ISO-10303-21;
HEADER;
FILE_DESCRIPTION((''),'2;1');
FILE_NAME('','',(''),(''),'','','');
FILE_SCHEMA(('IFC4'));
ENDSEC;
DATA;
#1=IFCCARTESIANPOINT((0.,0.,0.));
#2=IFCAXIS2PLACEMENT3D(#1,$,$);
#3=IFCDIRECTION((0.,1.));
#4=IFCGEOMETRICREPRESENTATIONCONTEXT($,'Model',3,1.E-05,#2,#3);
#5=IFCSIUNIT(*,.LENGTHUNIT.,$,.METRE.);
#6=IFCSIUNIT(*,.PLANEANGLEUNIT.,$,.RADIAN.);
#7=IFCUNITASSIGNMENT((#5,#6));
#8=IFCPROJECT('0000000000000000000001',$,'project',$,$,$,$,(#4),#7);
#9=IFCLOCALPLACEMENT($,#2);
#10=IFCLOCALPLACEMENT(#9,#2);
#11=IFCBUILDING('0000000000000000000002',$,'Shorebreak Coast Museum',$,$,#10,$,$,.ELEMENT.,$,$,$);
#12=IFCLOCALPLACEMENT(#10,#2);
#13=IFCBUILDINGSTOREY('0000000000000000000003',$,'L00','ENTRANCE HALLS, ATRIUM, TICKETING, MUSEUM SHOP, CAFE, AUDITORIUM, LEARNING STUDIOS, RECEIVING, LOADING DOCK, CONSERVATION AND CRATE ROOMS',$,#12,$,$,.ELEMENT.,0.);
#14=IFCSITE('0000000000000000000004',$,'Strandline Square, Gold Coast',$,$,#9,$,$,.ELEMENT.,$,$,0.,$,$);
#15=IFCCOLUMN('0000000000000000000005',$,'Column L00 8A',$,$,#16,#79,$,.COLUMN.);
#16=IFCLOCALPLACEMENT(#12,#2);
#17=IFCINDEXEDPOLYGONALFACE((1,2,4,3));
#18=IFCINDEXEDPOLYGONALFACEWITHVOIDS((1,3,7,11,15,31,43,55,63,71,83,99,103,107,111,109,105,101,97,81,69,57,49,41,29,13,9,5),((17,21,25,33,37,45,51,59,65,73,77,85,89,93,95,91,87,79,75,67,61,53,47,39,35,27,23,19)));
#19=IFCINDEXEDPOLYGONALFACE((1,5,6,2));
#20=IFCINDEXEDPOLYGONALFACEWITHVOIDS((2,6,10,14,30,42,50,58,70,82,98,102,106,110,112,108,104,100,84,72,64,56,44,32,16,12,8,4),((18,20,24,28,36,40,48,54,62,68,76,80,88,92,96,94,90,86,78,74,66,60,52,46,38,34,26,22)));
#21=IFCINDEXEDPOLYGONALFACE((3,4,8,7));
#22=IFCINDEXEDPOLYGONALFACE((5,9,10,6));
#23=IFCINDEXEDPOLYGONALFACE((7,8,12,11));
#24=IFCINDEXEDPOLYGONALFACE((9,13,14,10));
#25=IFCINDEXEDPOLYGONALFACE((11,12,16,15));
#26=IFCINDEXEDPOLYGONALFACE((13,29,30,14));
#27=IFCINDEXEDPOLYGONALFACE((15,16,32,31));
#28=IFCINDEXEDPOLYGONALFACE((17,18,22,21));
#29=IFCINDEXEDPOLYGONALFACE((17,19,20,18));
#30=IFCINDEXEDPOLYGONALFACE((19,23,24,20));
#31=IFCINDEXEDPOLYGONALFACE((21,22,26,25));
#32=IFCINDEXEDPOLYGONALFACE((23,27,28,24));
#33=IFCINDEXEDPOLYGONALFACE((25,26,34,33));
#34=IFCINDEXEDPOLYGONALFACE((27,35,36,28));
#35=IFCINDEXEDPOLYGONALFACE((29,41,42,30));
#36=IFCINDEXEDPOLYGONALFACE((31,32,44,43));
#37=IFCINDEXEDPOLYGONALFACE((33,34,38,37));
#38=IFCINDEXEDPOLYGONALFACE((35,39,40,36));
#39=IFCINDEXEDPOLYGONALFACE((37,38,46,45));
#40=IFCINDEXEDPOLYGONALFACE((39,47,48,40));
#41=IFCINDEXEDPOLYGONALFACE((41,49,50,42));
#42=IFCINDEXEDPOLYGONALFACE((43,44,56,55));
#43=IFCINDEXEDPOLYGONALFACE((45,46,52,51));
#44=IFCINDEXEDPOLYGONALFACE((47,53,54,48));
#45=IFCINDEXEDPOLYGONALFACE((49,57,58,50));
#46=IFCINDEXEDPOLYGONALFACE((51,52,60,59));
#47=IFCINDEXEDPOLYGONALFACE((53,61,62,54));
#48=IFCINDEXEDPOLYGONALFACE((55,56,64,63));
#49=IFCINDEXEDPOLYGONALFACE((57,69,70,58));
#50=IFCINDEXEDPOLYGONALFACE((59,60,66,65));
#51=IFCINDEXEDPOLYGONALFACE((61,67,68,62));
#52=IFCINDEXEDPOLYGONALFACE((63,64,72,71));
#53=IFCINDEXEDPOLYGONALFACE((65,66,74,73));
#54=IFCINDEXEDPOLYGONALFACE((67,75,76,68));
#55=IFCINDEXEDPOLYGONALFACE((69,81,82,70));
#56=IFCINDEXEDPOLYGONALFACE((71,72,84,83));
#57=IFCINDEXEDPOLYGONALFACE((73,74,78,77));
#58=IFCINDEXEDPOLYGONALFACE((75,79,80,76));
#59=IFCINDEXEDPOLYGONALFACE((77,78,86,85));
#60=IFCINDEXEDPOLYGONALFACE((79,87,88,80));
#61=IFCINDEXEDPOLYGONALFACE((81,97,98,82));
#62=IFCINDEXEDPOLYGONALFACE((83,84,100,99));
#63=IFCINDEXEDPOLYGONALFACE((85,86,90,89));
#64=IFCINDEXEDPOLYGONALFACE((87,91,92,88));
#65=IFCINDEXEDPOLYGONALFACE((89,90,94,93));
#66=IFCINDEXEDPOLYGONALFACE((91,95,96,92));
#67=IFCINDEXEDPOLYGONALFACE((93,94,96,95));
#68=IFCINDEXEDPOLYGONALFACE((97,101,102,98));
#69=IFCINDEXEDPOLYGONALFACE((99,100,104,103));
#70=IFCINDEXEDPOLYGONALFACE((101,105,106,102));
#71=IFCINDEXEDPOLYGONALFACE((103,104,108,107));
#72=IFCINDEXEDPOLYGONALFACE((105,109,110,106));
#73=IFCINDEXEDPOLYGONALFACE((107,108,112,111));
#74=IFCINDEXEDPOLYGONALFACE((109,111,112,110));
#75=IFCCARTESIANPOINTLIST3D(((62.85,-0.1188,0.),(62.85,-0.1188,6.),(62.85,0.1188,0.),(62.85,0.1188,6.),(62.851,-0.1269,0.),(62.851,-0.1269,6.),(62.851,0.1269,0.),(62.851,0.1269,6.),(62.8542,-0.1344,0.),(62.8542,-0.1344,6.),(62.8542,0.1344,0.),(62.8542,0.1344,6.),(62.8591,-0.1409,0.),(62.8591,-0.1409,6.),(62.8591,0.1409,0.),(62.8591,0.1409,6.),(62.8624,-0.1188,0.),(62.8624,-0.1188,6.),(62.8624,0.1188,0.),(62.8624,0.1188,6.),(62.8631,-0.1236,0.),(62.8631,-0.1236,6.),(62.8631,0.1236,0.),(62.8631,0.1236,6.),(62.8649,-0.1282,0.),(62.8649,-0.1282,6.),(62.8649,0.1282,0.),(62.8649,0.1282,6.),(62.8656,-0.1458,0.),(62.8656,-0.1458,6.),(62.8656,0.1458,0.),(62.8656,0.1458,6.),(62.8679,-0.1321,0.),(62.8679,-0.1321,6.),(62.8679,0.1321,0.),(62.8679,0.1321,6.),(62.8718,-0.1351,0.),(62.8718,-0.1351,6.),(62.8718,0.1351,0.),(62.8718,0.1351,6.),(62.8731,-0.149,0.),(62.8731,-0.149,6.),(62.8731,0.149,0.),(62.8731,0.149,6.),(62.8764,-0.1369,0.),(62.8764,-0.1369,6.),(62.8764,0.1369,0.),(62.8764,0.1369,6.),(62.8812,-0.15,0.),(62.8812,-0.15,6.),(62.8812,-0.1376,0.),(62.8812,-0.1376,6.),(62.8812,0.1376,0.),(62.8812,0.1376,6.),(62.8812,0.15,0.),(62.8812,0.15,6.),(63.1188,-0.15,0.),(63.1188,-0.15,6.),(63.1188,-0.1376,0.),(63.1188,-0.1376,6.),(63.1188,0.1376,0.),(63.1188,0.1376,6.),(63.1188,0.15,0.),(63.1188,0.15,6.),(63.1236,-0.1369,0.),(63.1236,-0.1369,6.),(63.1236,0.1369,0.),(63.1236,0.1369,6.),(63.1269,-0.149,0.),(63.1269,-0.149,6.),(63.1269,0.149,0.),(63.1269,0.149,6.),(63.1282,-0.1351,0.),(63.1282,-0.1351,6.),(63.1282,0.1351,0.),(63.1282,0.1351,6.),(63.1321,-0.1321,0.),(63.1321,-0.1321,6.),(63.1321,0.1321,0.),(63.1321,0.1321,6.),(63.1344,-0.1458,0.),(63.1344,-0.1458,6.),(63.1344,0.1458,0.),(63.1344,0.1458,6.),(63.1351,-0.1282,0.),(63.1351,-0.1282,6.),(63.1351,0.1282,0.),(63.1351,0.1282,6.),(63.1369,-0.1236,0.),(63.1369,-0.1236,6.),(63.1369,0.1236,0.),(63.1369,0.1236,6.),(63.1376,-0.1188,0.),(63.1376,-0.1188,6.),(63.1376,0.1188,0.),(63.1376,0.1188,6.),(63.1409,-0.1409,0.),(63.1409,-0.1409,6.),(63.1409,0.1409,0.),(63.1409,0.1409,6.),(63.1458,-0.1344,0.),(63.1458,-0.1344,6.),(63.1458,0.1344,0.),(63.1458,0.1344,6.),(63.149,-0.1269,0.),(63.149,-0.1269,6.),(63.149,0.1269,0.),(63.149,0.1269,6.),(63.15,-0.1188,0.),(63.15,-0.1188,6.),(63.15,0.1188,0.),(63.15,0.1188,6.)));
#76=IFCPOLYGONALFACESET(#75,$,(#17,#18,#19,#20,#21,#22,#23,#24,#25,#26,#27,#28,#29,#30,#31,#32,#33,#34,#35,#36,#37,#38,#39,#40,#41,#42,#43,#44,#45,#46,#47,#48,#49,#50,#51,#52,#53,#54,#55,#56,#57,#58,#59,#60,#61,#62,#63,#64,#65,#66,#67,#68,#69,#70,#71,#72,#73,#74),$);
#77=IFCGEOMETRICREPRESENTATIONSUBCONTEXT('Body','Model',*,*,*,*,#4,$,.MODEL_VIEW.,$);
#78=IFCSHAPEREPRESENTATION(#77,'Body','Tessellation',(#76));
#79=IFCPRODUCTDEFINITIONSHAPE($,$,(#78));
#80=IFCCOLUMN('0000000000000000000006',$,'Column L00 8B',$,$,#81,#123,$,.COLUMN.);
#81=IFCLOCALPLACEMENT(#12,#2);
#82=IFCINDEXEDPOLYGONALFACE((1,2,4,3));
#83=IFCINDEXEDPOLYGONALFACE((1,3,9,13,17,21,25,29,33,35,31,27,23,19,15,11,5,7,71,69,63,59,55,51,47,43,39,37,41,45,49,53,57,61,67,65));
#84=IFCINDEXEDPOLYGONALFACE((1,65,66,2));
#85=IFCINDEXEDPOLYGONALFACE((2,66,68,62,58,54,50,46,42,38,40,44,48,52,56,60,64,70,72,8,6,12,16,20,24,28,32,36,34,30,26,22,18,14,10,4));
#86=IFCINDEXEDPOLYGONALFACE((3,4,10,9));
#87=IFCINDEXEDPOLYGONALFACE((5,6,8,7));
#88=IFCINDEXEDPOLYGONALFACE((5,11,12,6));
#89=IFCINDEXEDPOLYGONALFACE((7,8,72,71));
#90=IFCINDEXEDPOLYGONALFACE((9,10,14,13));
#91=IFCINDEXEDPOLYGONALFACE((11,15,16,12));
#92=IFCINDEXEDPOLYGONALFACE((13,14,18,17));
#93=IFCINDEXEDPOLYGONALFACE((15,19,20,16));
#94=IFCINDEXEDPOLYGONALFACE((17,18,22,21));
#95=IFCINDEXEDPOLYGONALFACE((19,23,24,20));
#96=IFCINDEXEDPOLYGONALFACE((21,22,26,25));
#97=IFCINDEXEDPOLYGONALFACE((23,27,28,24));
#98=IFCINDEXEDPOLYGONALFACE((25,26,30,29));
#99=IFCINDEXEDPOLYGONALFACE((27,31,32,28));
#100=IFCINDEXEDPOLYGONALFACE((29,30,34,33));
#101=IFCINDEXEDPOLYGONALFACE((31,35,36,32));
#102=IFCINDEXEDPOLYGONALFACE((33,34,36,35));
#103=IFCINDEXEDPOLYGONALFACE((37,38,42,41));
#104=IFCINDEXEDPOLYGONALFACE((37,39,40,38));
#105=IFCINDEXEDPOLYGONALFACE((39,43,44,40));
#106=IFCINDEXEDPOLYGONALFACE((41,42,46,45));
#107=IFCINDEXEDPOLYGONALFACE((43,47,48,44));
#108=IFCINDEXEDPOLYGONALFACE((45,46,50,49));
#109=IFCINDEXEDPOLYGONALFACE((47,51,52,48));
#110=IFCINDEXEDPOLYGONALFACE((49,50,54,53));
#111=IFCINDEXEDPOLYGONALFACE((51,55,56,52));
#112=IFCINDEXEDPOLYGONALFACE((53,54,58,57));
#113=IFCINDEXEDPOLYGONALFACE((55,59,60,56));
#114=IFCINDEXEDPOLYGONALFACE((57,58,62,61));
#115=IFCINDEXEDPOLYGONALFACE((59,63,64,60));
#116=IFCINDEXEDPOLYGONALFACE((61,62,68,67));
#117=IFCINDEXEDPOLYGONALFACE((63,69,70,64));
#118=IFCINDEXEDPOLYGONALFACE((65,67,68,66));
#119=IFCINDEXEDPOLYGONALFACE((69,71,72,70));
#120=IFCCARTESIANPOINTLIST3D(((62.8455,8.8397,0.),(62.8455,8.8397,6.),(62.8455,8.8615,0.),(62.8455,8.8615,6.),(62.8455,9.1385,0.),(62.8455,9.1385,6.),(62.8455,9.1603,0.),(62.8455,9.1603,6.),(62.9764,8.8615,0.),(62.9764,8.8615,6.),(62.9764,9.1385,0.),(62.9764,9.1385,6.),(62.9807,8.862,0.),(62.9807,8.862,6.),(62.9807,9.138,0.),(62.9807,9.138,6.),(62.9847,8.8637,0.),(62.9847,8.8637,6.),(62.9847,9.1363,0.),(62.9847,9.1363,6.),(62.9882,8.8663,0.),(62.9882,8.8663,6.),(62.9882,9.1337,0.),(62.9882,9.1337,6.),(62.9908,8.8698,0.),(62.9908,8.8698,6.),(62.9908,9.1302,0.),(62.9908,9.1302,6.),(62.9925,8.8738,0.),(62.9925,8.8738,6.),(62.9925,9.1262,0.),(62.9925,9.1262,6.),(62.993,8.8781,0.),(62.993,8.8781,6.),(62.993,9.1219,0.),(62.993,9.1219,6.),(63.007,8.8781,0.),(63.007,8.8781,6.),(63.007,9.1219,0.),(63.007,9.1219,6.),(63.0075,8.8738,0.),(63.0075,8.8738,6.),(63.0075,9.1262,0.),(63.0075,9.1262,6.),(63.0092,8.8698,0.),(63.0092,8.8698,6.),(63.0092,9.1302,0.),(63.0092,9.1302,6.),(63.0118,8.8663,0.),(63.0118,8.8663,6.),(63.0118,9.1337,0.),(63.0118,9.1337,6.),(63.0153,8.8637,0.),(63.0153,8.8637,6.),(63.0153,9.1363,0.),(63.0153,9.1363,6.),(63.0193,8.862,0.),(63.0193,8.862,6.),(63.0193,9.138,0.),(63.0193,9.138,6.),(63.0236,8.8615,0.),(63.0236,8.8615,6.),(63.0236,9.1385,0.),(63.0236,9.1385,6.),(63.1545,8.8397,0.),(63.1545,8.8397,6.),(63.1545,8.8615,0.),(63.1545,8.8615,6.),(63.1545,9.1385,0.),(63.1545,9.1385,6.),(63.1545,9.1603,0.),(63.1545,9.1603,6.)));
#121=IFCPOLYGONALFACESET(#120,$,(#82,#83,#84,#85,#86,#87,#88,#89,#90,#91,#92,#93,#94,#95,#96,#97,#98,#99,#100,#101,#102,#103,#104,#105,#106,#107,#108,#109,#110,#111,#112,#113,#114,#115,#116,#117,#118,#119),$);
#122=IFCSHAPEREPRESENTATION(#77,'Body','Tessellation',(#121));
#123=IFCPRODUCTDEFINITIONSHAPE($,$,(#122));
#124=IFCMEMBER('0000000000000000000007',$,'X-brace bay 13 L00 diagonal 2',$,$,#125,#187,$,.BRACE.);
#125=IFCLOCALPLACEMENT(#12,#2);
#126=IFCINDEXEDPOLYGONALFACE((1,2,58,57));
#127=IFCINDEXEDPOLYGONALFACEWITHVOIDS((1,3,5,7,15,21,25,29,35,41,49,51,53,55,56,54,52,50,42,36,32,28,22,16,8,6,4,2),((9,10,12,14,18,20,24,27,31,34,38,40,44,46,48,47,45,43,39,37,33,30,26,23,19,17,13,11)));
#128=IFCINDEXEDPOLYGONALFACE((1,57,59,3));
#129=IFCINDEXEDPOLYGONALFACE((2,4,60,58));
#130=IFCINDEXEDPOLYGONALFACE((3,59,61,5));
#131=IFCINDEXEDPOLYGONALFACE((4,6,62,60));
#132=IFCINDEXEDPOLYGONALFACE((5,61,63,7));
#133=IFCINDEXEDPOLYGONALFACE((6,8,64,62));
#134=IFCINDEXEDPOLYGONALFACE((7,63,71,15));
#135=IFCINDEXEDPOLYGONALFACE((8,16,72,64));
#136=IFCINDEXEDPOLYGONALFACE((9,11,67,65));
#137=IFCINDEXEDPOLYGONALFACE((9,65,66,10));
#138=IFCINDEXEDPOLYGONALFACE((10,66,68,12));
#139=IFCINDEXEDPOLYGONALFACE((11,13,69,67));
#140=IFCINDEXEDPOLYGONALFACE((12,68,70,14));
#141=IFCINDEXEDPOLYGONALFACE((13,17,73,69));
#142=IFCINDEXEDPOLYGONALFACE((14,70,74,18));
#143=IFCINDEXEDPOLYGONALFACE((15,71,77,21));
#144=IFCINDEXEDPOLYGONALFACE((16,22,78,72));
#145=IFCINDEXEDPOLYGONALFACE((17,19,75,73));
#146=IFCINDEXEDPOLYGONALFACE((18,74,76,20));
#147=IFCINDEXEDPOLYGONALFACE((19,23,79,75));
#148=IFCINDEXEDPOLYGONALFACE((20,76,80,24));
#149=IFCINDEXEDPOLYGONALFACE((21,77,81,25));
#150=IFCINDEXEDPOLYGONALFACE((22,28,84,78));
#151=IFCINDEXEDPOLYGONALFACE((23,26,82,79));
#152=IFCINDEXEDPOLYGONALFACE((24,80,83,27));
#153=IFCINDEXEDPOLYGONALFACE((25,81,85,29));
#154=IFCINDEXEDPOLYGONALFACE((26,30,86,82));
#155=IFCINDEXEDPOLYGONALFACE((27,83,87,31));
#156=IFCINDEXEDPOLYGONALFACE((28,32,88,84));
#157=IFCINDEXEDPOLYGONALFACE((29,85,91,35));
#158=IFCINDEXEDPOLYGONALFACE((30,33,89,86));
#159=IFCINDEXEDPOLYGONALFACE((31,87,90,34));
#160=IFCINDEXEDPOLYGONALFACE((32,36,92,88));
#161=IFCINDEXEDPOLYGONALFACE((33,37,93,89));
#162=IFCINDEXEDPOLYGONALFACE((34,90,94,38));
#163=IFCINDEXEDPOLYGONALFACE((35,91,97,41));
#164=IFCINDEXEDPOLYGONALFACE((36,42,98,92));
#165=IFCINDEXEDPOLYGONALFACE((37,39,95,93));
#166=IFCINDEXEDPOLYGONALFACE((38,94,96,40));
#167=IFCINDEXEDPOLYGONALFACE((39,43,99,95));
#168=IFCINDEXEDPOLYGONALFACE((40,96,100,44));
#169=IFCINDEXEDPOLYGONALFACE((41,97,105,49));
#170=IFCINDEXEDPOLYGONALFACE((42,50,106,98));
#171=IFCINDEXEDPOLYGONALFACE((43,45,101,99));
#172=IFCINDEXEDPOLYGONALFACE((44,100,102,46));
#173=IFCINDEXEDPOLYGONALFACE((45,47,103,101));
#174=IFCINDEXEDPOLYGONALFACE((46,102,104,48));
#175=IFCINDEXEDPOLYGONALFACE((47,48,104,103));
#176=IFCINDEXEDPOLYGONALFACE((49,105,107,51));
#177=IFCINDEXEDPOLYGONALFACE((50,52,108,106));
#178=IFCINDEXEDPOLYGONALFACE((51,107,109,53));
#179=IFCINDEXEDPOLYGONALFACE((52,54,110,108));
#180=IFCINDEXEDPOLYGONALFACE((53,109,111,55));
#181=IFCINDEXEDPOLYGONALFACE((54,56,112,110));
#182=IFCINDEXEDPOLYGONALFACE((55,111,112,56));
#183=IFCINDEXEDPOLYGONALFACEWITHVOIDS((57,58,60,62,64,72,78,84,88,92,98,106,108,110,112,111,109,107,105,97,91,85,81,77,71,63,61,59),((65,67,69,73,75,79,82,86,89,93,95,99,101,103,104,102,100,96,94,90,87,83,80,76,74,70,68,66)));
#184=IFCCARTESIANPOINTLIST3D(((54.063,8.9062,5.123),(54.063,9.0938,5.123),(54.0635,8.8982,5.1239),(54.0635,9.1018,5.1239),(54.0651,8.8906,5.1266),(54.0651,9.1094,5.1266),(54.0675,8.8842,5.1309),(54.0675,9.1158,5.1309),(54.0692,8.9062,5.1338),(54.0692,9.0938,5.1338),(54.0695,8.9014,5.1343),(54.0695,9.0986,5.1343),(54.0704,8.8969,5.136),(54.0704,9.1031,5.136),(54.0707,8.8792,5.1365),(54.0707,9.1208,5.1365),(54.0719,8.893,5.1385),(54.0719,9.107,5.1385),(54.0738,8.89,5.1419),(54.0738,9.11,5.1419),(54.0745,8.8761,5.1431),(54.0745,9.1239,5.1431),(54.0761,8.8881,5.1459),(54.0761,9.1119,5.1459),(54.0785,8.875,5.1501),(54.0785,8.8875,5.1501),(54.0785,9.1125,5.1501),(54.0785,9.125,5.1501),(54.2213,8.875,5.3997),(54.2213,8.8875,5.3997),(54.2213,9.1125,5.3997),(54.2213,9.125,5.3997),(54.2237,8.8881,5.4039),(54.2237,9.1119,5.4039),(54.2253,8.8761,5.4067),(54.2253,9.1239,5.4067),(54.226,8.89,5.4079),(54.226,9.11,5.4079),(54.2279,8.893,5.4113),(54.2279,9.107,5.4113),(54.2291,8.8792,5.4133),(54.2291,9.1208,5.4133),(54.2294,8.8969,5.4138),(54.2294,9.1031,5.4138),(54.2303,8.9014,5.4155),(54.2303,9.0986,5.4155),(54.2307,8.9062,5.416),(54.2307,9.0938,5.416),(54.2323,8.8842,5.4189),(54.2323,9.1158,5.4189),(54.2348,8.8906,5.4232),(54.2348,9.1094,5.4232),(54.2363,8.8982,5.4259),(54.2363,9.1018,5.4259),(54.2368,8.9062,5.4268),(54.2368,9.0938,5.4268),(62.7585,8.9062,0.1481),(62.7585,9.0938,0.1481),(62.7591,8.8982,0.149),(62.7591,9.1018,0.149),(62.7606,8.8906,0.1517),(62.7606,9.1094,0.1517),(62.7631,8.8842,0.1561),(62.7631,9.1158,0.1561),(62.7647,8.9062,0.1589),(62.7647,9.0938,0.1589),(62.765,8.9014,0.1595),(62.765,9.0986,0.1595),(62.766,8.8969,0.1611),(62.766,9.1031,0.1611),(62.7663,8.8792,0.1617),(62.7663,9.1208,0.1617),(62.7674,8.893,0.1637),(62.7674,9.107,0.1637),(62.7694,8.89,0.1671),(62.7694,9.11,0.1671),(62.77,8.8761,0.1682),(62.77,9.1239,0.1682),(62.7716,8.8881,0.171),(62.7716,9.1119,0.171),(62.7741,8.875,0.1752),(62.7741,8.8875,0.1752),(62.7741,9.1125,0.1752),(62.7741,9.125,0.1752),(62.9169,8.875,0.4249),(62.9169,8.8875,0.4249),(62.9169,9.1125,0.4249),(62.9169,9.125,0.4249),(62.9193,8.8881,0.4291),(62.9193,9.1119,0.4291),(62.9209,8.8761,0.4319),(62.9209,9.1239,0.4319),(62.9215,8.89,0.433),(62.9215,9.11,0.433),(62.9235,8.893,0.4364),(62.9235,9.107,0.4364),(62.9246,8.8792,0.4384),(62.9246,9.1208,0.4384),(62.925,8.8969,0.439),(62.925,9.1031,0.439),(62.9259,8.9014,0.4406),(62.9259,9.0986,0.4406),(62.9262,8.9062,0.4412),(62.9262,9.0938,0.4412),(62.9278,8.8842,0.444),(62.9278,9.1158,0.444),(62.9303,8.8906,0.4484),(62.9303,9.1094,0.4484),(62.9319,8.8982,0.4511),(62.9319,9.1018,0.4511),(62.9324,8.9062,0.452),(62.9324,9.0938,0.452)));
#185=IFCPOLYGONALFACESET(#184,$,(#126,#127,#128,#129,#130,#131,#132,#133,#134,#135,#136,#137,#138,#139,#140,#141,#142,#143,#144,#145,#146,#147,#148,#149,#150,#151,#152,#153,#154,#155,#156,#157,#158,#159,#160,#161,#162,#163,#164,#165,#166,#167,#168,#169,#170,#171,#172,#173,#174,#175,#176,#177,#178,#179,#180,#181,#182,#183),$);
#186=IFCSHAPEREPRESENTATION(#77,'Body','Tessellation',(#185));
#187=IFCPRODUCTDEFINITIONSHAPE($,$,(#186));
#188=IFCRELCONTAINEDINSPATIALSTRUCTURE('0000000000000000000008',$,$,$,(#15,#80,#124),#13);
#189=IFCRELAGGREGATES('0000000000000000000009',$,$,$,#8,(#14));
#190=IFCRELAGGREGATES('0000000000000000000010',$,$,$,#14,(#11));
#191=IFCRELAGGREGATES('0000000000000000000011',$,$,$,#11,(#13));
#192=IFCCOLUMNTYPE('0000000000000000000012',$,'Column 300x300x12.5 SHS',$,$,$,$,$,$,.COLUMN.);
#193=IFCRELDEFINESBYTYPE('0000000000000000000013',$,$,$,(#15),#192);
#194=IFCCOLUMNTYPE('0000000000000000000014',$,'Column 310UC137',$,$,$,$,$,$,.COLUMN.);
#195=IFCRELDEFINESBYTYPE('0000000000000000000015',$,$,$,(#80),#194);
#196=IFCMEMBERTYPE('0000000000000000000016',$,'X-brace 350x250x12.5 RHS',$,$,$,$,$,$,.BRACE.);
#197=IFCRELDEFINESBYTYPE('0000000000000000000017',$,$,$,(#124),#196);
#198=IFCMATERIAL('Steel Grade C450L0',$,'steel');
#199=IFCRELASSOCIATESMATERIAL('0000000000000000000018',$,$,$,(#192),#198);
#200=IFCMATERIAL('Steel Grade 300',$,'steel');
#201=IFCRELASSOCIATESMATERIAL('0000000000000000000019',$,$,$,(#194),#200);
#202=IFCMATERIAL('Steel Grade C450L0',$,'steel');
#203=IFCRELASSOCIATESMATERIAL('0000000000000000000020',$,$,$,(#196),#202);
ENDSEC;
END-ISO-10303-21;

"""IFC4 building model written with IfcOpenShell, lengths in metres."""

from ifc_helpers import new_model, si_unit, direction, frame, origin, origin_2d, place, context, subcontext, project, spatial, hollow_rectangle, i_section, extrude, material, material_profile, profile_set, type_object, element, save


model = new_model("IFC4")

# Units and contexts
model_context = context("Model", 3, precision=1e-05, world=origin(), true_north=direction((0.0, 1.0)))
body_context = subcontext(model_context, "Body", "Model", "MODEL_VIEW")
ifc_project = project(units=[si_unit("LENGTHUNIT", "METRE"), si_unit("PLANEANGLEUNIT", "RADIAN")], contexts=[model_context])

# Site, building, storey
site_placement = place(None, origin())
site = spatial("IfcSite", under=ifc_project, at=site_placement, Name="Strandline Square, Gold Coast", CompositionType="ELEMENT", RefElevation=0.0)
building_placement = place(site_placement, origin())
building = spatial("IfcBuilding", under=site, at=building_placement, Name="Shorebreak Coast Museum", CompositionType="ELEMENT")
storey_placement = place(building_placement, origin())
storey = spatial("IfcBuildingStorey", under=building, at=storey_placement, Name="L00", Description="ENTRANCE HALLS, ATRIUM, TICKETING, MUSEUM SHOP, CAFE, AUDITORIUM, LEARNING STUDIOS, RECEIVING, LOADING DOCK, CONSERVATION AND CRATE ROOMS", CompositionType="ELEMENT", Elevation=0.0)

# Columns
ifc_material_1 = material(Name="Steel Grade C450L0", Category="steel")
ifc_material_profile_1 = material_profile(ifc_material_1, hollow_rectangle(XDim=0.3, YDim=0.3, WallThickness=0.0125, InnerFilletRadius=0.0188, OuterFilletRadius=0.0312, at=origin_2d()), Name="300x300x12.5 SHS")
ifc_profile_set_1 = profile_set([ifc_material_profile_1], Name="Steel Grade C450L0")
column_type_1 = type_object("IfcColumnType", Name="Column 300x300x12.5 SHS", PredefinedType="COLUMN", material=ifc_profile_set_1)
column_1_placement = place(storey_placement, frame((63.0, 0.0, 0.0), z_axis=(0.0, 0.0, 1.0), x_axis=(1.0, 0.0, 0.0)))
element("IfcColumn", 1, at=column_1_placement, inside=storey, type_object=column_type_1, Name="Column L00 8A", PredefinedType="COLUMN", context=body_context, shape_type="SweptSolid", body=[
    extrude(hollow_rectangle(XDim=0.3, YDim=0.3, WallThickness=0.0125, InnerFilletRadius=0.0188, OuterFilletRadius=0.0312, at=origin_2d()), origin(), (0.0, 0.0, 1.0), 6.0),
])
ifc_material_2 = material(Name="Steel Grade 300", Category="steel")
ifc_material_profile_2 = material_profile(ifc_material_2, i_section(OverallWidth=0.3091, OverallDepth=0.3206, WebThickness=0.0139, FlangeThickness=0.0217, FilletRadius=0.0166, at=origin_2d()), Name="310UC137")
ifc_profile_set_2 = profile_set([ifc_material_profile_2], Name="Steel Grade 300")
column_type_2 = type_object("IfcColumnType", Name="Column 310UC137", PredefinedType="COLUMN", material=ifc_profile_set_2)
column_2_placement = place(storey_placement, frame((63.0, 9.0, 0.0), z_axis=(0.0, 0.0, 1.0), x_axis=(1.0, 0.0, 0.0)))
element("IfcColumn", 2, at=column_2_placement, inside=storey, type_object=column_type_2, Name="Column L00 8B", PredefinedType="COLUMN", context=body_context, shape_type="SweptSolid", body=[
    extrude(i_section(OverallWidth=0.3091, OverallDepth=0.3206, WebThickness=0.0139, FlangeThickness=0.0217, FilletRadius=0.0166, at=origin_2d()), origin(), (0.0, 0.0, 1.0), 6.0),
])

# Member
ifc_material_3 = material(Name="Steel Grade C450L0", Category="steel")
ifc_material_profile_3 = material_profile(ifc_material_3, hollow_rectangle(XDim=0.25, YDim=0.3501, WallThickness=0.0125, InnerFilletRadius=0.0188, OuterFilletRadius=0.0312, at=origin_2d()), Name="350x250x12.5 RHS")
ifc_profile_set_3 = profile_set([ifc_material_profile_3], Name="Steel Grade C450L0")
member_type = type_object("IfcMemberType", Name="X-brace 350x250x12.5 RHS", PredefinedType="BRACE", material=ifc_profile_set_3)
member_placement = place(storey_placement, frame((62.8455, 9.0, 0.3), z_axis=(-0.867987, 0.0, 0.496588), x_axis=(0.0, -1.0, 0.0)))
element("IfcMember", 3, at=member_placement, inside=storey, type_object=member_type, Name="X-brace bay 13 L00 diagonal 2", PredefinedType="BRACE", context=body_context, shape_type="SweptSolid", body=[
    extrude(hollow_rectangle(XDim=0.25, YDim=0.3501, WallThickness=0.0125, InnerFilletRadius=0.0188, OuterFilletRadius=0.0312, at=origin_2d()), origin(), (0.0, 0.0, 1.0), 10.0181),
])

save(model, "model.ifc")
